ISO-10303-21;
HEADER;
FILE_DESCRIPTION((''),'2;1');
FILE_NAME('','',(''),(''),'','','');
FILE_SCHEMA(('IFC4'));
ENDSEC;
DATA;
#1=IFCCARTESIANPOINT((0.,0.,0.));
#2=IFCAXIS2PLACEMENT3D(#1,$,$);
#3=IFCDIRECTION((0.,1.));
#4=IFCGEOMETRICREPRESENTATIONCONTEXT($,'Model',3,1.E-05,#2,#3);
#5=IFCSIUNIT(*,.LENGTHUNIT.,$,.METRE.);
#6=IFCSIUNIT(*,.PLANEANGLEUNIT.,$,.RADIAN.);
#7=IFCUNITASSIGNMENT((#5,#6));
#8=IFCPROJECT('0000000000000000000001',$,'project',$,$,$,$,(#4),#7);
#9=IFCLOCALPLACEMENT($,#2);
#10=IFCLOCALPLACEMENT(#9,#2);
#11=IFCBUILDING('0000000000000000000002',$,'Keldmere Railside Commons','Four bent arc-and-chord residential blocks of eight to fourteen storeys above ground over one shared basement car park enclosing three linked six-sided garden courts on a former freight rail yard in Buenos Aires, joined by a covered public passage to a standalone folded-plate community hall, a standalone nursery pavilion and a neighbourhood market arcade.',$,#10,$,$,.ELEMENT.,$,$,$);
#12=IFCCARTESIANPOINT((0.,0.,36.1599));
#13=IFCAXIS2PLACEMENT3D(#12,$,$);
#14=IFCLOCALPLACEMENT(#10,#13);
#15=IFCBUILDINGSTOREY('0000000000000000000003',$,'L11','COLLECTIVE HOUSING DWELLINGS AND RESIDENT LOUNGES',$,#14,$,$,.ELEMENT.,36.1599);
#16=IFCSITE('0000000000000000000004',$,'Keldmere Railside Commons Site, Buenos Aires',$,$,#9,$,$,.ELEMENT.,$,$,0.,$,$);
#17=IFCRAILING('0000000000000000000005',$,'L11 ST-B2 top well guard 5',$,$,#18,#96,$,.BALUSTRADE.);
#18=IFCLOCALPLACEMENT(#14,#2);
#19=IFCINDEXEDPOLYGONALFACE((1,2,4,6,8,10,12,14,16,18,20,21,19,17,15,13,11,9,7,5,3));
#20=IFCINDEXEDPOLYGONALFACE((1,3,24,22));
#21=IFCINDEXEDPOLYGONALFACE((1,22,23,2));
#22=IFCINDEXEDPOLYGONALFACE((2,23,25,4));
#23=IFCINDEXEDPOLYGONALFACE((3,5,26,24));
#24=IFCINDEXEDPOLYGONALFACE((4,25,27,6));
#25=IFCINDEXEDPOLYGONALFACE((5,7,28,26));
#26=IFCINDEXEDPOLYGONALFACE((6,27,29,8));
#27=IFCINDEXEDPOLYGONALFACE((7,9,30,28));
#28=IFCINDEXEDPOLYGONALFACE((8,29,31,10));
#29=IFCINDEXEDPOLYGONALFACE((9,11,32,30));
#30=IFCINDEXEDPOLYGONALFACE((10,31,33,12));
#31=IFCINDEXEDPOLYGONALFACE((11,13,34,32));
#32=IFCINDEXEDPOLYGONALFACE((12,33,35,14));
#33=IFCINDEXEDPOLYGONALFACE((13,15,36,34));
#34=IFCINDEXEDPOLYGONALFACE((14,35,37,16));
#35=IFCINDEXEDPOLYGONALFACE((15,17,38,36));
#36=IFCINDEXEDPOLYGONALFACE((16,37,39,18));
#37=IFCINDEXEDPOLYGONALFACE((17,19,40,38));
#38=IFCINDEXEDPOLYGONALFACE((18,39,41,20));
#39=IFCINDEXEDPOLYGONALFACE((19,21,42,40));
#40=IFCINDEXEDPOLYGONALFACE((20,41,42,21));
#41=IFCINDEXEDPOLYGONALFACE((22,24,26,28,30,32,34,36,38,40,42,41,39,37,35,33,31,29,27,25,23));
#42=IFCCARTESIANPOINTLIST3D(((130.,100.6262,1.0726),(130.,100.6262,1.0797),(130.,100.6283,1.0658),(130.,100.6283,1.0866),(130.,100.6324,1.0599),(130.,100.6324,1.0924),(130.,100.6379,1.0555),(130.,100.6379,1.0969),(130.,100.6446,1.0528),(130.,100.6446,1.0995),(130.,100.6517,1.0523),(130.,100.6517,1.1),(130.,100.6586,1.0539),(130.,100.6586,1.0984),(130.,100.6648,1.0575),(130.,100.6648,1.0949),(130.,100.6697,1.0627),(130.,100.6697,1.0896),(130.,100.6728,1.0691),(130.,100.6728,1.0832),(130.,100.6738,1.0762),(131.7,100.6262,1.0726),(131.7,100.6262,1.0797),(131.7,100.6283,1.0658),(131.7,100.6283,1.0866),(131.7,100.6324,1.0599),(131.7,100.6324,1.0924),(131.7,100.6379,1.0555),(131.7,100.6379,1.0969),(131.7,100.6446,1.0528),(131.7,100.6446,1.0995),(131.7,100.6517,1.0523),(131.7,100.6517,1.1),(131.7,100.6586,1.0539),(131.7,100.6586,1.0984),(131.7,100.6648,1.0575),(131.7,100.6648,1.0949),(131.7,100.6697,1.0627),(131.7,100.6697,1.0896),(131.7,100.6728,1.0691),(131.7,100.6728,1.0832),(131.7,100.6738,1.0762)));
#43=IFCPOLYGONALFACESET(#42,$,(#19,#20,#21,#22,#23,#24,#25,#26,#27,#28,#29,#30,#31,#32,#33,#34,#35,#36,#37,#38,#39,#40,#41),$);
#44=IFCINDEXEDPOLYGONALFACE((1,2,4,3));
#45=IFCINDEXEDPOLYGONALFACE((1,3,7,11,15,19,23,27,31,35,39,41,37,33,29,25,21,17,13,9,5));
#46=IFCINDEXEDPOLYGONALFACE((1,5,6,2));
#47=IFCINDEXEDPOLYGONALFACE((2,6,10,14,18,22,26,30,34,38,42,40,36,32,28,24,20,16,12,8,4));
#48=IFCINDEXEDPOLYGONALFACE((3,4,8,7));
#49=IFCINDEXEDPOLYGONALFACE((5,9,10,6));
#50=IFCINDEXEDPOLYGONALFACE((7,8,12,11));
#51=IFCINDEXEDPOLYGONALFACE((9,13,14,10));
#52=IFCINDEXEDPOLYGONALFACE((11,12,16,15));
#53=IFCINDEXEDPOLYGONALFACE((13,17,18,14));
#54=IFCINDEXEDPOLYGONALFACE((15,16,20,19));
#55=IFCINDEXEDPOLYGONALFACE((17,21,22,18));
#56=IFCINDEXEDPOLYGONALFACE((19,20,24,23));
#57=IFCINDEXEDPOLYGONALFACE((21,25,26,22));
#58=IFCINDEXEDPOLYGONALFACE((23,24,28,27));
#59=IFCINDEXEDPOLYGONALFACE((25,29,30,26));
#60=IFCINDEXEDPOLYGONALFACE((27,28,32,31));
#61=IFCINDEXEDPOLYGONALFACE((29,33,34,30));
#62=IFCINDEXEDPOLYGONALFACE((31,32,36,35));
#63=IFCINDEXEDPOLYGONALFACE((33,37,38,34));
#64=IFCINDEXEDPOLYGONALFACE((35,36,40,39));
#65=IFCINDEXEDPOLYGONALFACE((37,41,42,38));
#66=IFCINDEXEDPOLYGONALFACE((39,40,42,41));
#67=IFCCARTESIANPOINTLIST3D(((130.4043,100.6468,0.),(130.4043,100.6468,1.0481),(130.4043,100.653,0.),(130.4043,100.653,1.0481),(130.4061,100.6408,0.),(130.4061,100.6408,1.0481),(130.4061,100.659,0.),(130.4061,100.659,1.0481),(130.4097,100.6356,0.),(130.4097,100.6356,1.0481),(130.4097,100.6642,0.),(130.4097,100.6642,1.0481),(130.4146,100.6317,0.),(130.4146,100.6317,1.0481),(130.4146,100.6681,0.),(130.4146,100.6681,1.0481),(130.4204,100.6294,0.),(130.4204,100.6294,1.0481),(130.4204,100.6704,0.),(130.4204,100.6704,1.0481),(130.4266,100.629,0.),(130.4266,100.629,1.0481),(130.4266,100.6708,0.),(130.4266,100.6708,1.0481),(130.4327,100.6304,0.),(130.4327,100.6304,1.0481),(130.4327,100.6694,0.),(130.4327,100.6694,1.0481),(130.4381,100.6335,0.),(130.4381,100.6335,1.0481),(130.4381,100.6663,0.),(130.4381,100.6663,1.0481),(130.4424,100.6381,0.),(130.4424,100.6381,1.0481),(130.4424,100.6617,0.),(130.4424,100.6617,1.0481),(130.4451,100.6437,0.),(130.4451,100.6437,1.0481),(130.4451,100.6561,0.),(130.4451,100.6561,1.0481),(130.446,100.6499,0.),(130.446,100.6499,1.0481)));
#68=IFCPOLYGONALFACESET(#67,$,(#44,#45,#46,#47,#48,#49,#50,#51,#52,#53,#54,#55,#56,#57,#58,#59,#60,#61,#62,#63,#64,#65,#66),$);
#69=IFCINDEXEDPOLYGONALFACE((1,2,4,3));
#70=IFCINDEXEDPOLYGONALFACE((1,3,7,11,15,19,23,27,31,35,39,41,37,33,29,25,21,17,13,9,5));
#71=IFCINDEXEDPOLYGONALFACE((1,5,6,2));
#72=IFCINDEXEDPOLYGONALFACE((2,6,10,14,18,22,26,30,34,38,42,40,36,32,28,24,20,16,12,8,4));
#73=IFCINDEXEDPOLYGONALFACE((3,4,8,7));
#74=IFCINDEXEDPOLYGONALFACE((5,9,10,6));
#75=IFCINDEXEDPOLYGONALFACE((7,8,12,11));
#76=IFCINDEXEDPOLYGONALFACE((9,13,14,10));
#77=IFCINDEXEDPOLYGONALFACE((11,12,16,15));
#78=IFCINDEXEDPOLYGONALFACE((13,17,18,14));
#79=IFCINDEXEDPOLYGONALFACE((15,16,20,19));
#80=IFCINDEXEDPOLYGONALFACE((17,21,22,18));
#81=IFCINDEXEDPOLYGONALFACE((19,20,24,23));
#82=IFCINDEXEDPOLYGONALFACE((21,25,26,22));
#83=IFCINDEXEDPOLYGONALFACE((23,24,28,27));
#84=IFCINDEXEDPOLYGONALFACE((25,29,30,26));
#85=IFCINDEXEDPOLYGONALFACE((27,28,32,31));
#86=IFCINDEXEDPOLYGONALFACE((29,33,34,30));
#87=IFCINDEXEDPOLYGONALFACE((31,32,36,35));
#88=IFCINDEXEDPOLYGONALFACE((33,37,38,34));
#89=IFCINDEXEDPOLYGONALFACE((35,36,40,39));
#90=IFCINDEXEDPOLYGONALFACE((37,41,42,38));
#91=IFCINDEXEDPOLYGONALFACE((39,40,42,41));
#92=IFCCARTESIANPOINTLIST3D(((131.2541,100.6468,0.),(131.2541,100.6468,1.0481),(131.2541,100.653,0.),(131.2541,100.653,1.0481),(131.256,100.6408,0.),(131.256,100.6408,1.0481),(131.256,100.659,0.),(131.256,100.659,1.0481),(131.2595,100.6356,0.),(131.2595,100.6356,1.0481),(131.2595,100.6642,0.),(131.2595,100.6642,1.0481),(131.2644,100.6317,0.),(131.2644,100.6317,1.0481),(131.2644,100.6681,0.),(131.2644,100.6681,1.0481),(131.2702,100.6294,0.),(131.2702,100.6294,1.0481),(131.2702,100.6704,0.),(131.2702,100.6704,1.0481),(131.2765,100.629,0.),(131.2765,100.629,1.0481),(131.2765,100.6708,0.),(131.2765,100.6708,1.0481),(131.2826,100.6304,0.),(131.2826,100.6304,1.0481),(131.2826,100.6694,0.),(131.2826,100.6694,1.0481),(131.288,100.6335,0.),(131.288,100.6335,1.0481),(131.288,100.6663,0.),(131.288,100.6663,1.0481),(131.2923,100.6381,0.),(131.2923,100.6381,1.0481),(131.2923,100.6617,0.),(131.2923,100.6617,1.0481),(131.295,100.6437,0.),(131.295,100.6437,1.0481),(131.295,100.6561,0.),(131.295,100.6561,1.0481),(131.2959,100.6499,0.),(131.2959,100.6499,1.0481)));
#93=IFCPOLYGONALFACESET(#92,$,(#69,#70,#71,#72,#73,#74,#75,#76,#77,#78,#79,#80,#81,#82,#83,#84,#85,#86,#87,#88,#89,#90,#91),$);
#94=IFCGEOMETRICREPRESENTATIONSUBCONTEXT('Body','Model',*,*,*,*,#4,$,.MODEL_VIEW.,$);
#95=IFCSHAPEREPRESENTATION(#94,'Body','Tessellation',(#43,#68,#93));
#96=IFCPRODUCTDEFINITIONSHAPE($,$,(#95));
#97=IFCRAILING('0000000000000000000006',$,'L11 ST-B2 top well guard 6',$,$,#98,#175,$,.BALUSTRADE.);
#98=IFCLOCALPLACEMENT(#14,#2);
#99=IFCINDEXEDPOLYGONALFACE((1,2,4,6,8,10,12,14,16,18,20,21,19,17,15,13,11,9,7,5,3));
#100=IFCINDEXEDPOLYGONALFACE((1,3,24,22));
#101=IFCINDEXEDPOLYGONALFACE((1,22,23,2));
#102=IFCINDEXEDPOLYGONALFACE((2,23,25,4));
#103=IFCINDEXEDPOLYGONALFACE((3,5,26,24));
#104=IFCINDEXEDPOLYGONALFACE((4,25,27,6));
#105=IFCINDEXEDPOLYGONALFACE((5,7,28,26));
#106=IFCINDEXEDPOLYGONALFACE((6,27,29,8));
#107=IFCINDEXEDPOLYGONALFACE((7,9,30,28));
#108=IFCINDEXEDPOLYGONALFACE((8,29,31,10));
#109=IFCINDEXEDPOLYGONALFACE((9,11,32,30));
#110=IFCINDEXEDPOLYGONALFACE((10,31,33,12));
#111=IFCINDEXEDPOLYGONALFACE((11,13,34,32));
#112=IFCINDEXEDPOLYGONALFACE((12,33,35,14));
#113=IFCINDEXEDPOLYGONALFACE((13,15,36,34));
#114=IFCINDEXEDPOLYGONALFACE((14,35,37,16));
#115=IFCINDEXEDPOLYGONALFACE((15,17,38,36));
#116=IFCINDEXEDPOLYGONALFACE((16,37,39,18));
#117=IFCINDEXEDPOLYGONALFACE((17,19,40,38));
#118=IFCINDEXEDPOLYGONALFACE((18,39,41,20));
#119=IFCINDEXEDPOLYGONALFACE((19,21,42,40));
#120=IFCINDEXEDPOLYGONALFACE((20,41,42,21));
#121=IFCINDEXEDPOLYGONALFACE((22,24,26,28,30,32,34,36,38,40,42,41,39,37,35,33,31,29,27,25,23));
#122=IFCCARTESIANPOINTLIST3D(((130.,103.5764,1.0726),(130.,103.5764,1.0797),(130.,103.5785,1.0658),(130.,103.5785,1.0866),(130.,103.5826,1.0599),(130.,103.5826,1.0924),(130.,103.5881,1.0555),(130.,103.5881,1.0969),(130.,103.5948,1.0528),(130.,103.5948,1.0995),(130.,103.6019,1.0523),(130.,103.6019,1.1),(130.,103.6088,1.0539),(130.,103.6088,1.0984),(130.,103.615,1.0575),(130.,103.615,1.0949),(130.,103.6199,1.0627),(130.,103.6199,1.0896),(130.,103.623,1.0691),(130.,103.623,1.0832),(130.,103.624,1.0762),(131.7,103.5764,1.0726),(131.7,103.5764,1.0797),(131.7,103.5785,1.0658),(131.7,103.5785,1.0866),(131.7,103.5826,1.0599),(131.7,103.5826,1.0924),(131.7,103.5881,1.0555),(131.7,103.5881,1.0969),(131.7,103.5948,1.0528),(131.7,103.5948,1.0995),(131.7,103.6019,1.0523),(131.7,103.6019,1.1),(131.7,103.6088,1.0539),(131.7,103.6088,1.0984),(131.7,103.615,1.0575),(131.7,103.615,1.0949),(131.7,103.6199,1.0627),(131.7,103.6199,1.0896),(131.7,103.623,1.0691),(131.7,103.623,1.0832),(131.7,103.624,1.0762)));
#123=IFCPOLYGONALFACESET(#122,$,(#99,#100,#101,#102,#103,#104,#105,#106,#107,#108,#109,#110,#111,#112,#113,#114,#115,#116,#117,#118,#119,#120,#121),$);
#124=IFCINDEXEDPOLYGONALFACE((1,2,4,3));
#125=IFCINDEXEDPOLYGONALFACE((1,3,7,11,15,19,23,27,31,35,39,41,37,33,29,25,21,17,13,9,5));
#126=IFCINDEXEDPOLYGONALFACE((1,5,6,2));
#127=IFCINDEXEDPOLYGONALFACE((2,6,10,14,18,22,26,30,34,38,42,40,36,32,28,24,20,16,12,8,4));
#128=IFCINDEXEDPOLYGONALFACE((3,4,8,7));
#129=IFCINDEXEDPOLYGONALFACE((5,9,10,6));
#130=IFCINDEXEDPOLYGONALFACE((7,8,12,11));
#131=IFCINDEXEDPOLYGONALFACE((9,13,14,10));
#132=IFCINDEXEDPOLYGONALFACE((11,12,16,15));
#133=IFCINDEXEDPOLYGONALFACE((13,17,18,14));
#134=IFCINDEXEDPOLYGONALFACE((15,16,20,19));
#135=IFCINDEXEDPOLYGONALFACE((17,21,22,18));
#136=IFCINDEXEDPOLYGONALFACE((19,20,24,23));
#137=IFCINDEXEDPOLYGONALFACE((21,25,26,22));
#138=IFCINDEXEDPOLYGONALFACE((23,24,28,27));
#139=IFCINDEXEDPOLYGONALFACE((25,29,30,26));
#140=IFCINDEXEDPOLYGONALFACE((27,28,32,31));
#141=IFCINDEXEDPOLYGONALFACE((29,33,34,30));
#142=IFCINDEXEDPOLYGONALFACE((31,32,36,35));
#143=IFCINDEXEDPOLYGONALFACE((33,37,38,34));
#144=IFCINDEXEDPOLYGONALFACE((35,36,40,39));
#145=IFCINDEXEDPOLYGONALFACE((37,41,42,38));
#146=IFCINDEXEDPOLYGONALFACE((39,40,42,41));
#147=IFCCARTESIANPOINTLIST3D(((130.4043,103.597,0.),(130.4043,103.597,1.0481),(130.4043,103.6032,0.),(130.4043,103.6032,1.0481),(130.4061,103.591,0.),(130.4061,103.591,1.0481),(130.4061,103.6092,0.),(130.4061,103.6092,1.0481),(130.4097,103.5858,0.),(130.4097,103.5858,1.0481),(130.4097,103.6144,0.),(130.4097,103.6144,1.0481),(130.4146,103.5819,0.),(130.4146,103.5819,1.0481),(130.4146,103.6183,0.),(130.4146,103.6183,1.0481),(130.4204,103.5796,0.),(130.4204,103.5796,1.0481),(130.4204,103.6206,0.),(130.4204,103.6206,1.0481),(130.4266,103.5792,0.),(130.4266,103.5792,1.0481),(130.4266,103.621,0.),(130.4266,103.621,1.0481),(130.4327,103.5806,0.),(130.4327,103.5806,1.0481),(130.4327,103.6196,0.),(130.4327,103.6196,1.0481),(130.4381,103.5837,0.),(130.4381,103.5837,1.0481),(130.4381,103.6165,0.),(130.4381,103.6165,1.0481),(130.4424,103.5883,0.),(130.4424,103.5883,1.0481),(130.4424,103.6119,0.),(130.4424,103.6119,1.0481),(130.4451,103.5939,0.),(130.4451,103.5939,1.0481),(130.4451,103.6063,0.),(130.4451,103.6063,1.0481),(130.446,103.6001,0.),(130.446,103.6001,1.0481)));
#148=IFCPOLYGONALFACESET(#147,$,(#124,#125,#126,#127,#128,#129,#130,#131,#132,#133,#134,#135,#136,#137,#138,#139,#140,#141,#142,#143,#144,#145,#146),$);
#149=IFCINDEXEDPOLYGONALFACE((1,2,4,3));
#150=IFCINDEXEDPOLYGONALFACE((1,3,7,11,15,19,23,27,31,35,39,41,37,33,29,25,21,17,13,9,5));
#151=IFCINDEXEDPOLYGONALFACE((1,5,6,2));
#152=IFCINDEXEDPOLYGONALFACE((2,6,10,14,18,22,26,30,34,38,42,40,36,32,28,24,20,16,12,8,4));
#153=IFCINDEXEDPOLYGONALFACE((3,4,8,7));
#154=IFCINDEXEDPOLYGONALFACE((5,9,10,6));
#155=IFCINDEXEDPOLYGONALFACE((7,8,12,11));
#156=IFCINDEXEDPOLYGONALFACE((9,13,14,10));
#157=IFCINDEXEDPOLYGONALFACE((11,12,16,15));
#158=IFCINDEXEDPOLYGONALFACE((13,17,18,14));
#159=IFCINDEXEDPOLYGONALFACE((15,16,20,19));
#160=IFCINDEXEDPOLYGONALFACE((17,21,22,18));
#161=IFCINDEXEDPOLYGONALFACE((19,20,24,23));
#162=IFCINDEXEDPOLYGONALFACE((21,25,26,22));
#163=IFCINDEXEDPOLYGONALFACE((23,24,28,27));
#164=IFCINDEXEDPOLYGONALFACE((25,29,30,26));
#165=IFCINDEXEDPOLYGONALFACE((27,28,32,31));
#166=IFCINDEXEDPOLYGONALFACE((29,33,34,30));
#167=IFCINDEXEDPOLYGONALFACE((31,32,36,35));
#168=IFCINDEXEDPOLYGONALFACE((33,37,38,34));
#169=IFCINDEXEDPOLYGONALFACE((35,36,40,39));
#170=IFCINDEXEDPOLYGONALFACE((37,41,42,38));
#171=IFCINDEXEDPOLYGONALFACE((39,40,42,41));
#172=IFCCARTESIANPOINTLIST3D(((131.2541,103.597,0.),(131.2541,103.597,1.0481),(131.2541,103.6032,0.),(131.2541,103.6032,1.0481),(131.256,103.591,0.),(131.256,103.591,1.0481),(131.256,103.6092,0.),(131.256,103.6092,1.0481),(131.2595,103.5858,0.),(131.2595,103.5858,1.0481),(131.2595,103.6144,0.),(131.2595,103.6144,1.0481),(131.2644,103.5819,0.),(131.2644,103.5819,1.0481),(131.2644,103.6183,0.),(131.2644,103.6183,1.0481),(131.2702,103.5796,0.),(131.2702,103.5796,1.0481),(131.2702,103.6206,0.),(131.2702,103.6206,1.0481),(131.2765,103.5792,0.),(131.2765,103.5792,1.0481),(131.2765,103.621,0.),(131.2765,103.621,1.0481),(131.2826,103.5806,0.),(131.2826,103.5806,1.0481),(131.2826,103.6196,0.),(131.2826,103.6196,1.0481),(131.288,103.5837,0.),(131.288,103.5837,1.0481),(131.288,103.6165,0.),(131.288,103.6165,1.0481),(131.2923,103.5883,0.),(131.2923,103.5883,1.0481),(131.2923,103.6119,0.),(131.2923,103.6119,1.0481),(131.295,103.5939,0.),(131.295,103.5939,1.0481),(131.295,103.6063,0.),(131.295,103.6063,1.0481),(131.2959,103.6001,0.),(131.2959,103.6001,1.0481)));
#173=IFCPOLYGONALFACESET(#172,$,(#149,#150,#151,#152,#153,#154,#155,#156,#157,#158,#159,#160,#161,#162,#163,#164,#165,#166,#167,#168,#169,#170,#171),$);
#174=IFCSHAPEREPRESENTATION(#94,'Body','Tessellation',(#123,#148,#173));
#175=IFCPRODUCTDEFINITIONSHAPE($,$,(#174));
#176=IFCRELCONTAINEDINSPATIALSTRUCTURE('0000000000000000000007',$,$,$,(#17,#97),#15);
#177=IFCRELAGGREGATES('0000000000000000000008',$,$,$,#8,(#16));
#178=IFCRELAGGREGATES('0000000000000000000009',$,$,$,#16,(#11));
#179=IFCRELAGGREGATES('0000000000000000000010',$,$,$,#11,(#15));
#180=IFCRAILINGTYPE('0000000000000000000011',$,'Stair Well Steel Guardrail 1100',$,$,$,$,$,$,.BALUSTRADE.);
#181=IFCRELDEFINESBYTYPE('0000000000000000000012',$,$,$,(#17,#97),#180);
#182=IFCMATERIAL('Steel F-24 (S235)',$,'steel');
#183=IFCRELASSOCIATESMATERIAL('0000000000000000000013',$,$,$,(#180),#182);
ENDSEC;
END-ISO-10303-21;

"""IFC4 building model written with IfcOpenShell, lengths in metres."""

from ifc_helpers import new_model, si_unit, direction, frame, origin, origin_2d, place, context, subcontext, project, spatial, circle, extrude, material, type_object, element, save


model = new_model("IFC4")

# Units and contexts
model_context = context("Model", 3, precision=1e-05, world=origin(), true_north=direction((0.0, 1.0)))
body_context = subcontext(model_context, "Body", "Model", "MODEL_VIEW")
ifc_project = project(units=[si_unit("LENGTHUNIT", "METRE"), si_unit("PLANEANGLEUNIT", "RADIAN")], contexts=[model_context])

# Site, building, storey
site_placement = place(None, origin())
site = spatial("IfcSite", under=ifc_project, at=site_placement, Name="Keldmere Railside Commons Site, Buenos Aires", CompositionType="ELEMENT", RefElevation=0.0)
building_placement = place(site_placement, origin())
building = spatial("IfcBuilding", under=site, at=building_placement, Name="Keldmere Railside Commons", Description="Four bent arc-and-chord residential blocks of eight to fourteen storeys above ground over one shared basement car park enclosing three linked six-sided garden courts on a former freight rail yard in Buenos Aires, joined by a covered public passage to a standalone folded-plate community hall, a standalone nursery pavilion and a neighbourhood market arcade.", CompositionType="ELEMENT")
storey_placement = place(building_placement, frame((0.0, 0.0, 36.1599)))
storey = spatial("IfcBuildingStorey", under=building, at=storey_placement, Name="L11", Description="COLLECTIVE HOUSING DWELLINGS AND RESIDENT LOUNGES", CompositionType="ELEMENT", Elevation=36.1599)

# Railings
ifc_material_1 = material(Name="Steel F-24 (S235)", Category="steel")
railing_type_1 = type_object("IfcRailingType", Name="Stair Well Steel Guardrail 1100", PredefinedType="BALUSTRADE", material=ifc_material_1)
for number, where, name in (
    (1, (130.0, 100.6499, 0.0), "L11 ST-B2 top well guard 5"),
    (2, (130.0, 103.6001, 0.0), "L11 ST-B2 top well guard 6"),
):
    element("IfcRailing", number, at=place(storey_placement, frame(where)), inside=storey, type_object=railing_type_1, Name=name, PredefinedType="BALUSTRADE", context=body_context, shape_type="SweptSolid", body=[
        extrude(circle(Radius=0.0239, at=origin_2d()), frame((0.0, 0.0, 1.0762), z_axis=(1.0, 0.0, 0.0), x_axis=(0.0, 1.0, 0.0)), (0.0, 0.0, 1.0), 1.7),
        extrude(circle(Radius=0.021, at=origin_2d()), frame((0.425, 0.0, 0.0)), (0.0, 0.0, 1.0), 1.0481),
        extrude(circle(Radius=0.021, at=origin_2d()), frame((1.2749, 0.0, 0.0)), (0.0, 0.0, 1.0), 1.0481),
    ])

save(model, "model.ifc")
